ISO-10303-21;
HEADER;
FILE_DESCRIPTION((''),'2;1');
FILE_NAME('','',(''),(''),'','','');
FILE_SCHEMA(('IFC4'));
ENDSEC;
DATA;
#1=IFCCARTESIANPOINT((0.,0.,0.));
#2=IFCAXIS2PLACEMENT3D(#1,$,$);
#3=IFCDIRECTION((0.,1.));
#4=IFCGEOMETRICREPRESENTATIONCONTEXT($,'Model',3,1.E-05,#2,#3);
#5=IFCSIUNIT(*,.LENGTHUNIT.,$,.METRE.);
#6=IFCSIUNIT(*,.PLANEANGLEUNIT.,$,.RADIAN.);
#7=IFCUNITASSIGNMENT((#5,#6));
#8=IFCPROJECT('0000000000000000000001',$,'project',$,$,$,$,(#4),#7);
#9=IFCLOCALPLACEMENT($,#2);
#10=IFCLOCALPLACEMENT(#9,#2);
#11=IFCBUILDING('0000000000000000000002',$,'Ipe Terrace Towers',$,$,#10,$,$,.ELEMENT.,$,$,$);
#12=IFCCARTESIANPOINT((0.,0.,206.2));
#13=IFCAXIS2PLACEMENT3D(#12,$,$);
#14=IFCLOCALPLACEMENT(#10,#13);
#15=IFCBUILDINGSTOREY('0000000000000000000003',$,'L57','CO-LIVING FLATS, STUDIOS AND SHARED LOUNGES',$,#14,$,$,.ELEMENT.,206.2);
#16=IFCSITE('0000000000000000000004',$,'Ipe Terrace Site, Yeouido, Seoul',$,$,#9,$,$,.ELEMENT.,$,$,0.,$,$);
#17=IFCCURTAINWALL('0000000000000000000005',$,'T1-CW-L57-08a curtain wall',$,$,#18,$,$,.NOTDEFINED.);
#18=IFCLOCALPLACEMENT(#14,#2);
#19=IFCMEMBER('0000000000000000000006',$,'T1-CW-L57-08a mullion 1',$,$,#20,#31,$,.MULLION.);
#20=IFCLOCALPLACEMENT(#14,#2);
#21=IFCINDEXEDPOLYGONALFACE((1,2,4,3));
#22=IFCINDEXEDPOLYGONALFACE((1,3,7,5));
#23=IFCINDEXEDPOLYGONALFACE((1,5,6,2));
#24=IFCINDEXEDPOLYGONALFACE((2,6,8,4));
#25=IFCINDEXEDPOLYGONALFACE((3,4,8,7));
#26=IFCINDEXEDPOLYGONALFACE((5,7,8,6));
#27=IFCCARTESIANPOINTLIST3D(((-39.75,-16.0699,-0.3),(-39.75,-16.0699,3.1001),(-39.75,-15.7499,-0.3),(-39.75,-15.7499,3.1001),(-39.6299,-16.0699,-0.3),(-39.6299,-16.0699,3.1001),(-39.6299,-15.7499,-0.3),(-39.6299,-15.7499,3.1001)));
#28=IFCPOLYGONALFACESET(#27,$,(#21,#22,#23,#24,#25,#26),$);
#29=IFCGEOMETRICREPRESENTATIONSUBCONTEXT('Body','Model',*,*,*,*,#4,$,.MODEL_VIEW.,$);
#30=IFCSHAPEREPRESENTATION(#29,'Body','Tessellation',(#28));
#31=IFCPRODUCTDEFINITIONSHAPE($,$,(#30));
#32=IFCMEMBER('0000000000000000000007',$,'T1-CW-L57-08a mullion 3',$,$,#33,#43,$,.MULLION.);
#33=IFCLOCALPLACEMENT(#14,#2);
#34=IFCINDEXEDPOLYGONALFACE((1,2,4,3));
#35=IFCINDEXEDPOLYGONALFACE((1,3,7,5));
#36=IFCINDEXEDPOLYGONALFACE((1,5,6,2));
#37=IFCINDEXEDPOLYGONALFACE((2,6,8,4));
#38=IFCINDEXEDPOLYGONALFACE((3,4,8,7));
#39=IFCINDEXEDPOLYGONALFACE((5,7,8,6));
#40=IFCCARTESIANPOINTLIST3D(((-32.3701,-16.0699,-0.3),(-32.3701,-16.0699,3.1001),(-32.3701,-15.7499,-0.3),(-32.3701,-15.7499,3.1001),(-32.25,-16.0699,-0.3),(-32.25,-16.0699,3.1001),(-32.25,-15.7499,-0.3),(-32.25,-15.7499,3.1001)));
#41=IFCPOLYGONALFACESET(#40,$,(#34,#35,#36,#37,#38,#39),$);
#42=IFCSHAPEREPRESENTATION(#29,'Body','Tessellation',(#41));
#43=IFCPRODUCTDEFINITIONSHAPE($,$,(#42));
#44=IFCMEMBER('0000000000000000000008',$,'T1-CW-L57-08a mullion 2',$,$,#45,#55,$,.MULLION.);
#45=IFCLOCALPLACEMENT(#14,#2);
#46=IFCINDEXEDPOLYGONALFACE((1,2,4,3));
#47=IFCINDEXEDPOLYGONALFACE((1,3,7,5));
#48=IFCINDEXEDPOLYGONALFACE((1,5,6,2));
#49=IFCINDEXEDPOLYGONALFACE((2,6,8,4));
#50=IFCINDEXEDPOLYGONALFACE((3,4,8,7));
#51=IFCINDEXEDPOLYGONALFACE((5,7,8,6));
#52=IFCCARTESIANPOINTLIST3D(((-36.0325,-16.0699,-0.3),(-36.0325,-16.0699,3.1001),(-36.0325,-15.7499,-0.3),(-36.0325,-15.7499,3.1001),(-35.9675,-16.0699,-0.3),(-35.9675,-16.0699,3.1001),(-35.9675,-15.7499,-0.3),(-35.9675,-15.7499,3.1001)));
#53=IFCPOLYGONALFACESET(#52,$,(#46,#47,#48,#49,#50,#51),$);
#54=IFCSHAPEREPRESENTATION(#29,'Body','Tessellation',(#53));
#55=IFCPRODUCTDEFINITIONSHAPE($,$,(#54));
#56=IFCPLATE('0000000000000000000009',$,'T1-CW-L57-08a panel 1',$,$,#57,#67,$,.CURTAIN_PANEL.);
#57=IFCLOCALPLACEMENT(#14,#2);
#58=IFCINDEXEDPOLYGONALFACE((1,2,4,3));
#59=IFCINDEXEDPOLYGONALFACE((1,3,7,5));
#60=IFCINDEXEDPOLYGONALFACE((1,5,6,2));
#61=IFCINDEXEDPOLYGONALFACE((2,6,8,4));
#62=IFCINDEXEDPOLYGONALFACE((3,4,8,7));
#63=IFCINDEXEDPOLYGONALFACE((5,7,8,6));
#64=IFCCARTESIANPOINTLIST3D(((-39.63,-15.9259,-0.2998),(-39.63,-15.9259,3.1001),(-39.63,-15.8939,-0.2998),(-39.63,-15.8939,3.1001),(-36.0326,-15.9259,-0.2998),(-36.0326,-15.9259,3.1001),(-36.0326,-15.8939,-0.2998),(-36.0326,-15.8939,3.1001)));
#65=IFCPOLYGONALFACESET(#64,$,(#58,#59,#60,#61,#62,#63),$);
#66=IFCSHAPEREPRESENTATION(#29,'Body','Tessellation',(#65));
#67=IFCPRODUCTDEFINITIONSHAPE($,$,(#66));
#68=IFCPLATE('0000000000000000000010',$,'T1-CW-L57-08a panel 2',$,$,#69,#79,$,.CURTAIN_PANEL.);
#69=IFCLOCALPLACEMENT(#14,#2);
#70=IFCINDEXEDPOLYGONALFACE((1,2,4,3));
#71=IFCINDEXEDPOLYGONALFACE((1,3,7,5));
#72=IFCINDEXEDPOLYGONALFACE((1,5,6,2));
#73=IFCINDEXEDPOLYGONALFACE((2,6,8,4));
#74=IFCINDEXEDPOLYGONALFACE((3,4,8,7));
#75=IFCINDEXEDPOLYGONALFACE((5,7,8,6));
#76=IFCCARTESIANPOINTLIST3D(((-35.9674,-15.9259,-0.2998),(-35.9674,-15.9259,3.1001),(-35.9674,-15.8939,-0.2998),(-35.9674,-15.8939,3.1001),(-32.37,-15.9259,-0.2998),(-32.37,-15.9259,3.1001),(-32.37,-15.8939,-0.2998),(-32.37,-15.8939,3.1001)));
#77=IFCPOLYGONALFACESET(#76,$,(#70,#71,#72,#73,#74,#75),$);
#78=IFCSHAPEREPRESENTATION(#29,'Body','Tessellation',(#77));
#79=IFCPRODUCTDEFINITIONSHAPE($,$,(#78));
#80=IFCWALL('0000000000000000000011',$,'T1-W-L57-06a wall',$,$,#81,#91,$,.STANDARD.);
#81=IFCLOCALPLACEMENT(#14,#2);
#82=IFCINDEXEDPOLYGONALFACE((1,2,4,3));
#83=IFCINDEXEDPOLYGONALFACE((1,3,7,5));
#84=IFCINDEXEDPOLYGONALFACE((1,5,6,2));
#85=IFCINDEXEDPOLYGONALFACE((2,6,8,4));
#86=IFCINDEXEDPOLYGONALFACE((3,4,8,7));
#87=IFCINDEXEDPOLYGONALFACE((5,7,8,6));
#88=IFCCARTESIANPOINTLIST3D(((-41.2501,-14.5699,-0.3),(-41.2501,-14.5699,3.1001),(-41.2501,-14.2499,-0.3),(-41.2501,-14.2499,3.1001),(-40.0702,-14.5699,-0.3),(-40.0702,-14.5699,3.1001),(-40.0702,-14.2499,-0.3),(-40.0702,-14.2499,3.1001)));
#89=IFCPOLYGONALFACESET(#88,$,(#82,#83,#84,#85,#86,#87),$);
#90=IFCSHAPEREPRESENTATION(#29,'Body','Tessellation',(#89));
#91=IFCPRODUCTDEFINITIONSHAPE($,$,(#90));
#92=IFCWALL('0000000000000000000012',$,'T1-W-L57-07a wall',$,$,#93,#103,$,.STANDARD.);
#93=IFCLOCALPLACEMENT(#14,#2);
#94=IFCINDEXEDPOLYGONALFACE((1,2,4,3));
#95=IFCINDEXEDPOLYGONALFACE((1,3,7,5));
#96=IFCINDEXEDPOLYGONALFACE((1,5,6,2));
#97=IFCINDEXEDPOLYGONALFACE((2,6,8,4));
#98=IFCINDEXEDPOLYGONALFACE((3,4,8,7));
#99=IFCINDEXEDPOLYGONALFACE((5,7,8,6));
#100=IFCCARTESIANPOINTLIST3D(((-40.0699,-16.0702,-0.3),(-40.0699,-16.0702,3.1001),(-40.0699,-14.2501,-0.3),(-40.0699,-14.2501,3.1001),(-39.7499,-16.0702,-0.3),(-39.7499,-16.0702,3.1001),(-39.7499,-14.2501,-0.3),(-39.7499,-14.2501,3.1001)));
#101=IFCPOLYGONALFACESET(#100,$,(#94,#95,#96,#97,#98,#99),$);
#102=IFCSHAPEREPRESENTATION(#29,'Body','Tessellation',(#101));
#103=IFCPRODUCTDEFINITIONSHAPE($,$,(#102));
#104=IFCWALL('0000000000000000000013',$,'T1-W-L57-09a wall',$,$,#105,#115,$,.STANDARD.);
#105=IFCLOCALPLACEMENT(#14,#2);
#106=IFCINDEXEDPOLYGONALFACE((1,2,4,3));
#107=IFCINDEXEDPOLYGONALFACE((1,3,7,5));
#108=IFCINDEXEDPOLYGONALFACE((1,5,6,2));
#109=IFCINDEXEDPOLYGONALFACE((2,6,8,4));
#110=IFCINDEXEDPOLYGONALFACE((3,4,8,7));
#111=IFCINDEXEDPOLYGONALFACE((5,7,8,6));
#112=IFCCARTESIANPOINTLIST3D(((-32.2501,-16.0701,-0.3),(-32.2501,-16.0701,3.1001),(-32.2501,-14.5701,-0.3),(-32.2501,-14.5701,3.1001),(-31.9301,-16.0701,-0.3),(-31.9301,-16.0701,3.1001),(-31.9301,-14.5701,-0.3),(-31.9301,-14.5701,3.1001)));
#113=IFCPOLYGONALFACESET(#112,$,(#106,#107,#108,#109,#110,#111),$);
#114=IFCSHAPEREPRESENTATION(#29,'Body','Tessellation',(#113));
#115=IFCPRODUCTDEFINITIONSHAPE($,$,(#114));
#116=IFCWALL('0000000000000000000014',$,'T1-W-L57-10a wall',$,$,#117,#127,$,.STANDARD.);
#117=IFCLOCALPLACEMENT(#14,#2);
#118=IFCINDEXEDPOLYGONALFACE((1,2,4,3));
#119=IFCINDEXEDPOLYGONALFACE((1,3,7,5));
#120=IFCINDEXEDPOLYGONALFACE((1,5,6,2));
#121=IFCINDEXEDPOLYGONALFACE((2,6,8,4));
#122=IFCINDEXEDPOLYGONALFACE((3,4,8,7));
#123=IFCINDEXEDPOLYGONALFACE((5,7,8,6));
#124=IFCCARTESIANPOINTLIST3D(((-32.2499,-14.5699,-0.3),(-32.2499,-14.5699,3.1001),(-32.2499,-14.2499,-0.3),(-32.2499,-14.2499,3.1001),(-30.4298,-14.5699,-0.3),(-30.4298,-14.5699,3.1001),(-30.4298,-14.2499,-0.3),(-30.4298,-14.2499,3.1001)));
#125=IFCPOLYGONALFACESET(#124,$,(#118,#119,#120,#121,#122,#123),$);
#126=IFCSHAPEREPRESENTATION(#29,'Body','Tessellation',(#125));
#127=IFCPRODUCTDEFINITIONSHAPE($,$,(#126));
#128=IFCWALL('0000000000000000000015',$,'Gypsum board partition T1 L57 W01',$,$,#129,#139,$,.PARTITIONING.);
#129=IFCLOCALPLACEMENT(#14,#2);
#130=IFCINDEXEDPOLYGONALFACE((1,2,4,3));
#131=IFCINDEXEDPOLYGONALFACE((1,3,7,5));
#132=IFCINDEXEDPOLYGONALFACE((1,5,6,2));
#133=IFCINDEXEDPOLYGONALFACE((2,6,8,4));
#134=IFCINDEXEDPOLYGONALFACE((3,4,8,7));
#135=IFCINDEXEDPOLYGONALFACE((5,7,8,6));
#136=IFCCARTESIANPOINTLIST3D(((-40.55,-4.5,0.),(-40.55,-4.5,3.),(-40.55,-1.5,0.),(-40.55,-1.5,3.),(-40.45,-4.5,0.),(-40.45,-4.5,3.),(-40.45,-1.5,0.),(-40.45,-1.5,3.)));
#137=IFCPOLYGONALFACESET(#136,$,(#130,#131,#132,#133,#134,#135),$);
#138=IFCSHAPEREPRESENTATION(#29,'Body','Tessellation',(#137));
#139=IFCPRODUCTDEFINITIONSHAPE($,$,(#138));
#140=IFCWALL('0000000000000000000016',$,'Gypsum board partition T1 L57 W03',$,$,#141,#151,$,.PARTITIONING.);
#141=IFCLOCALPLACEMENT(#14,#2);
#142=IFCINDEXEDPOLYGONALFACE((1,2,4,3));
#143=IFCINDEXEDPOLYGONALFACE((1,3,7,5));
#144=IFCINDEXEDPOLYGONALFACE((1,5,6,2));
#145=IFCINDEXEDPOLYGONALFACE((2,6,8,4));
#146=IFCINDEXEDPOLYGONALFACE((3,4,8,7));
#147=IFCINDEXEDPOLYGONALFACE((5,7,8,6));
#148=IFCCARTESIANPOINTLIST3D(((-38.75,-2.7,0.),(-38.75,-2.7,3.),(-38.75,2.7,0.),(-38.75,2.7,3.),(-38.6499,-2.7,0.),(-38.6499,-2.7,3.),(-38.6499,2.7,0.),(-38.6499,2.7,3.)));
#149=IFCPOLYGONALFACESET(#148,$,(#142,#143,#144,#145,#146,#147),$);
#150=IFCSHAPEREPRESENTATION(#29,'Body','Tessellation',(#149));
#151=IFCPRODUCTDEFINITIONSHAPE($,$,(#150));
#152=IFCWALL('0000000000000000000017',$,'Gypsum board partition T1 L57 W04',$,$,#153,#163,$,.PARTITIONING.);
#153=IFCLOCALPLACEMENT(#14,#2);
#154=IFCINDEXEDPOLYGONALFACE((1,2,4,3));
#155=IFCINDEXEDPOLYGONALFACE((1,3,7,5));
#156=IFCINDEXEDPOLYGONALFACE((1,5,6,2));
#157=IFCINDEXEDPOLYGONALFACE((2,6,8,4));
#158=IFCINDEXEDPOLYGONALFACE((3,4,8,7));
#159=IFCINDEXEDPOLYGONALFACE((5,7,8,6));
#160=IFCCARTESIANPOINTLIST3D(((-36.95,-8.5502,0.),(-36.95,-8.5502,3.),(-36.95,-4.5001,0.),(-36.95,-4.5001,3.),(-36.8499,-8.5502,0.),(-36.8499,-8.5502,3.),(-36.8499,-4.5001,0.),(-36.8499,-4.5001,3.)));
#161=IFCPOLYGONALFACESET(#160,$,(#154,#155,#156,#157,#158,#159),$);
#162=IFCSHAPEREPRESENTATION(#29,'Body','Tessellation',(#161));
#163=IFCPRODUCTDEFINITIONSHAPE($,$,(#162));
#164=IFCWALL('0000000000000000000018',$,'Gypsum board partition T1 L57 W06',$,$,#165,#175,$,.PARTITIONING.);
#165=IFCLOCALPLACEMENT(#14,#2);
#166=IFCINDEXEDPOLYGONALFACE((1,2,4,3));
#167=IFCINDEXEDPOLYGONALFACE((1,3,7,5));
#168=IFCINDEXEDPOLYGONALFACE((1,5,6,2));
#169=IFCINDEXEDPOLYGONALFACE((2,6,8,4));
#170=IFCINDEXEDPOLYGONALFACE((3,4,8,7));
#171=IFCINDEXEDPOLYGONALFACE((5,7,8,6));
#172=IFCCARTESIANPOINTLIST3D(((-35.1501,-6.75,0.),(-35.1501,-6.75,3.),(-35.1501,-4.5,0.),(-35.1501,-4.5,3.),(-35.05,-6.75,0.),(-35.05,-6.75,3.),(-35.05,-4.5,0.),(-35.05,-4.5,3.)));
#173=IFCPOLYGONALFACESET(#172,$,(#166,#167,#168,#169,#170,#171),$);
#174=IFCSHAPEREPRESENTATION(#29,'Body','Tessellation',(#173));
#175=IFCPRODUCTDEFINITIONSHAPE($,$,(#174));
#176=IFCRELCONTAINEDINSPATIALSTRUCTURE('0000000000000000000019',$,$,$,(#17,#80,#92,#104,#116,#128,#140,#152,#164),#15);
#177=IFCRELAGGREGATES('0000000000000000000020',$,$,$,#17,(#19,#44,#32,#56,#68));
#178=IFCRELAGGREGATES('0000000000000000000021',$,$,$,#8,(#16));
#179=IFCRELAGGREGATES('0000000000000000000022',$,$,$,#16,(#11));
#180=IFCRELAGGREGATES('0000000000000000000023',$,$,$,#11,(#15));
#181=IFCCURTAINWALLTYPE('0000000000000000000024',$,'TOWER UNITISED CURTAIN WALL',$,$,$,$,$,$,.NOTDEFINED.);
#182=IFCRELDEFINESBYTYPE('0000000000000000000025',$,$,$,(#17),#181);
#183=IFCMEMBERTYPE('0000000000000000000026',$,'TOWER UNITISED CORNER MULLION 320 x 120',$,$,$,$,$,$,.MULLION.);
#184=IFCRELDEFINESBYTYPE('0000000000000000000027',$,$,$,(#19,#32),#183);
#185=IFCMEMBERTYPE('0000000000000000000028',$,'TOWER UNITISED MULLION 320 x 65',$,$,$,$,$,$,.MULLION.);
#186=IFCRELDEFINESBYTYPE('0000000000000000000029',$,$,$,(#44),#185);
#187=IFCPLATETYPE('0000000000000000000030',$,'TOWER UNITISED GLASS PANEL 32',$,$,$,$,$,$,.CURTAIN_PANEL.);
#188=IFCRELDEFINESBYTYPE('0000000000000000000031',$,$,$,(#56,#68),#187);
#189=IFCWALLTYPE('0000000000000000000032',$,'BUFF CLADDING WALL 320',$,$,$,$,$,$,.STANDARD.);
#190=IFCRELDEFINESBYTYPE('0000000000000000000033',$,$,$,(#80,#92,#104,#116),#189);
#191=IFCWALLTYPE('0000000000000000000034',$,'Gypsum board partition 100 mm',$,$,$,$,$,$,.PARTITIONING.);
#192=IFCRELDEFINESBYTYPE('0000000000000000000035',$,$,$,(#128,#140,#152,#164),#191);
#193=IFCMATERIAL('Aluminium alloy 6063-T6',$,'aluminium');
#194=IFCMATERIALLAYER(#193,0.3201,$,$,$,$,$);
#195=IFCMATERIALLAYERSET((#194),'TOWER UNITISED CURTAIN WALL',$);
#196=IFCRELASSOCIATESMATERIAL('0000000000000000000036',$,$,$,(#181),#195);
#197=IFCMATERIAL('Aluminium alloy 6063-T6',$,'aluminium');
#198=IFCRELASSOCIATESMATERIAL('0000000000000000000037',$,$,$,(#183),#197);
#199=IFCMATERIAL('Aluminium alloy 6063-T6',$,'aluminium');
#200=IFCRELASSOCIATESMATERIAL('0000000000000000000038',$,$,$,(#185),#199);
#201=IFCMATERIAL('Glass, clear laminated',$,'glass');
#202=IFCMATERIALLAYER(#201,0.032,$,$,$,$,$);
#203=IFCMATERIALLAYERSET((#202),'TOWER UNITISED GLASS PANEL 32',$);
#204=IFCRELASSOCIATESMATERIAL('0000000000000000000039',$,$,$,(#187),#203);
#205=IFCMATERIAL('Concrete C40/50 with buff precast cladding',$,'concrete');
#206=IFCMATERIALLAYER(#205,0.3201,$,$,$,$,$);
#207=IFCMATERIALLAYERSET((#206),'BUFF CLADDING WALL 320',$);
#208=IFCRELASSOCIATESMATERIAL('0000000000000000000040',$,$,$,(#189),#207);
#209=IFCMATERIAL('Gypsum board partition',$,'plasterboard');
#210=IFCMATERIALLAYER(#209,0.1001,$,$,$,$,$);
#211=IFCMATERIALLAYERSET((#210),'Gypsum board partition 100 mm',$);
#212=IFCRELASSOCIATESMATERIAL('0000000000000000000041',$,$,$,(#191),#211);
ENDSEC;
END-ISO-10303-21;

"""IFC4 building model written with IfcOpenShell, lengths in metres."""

from ifc_helpers import new_model, si_unit, direction, frame, frame_2d, origin, origin_2d, place, context, subcontext, project, spatial, rectangle, extrude, material, layer, layer_set, material_profile, profile_set, type_object, element, aggregate, save


model = new_model("IFC4")

# Units and contexts
model_context = context("Model", 3, precision=1e-05, world=origin(), true_north=direction((0.0, 1.0)))
body_context = subcontext(model_context, "Body", "Model", "MODEL_VIEW")
ifc_project = project(units=[si_unit("LENGTHUNIT", "METRE"), si_unit("PLANEANGLEUNIT", "RADIAN")], contexts=[model_context])

# Site, building, storey
site_placement = place(None, origin())
site = spatial("IfcSite", under=ifc_project, at=site_placement, Name="Ipe Terrace Site, Yeouido, Seoul", CompositionType="ELEMENT", RefElevation=0.0)
building_placement = place(site_placement, origin())
building = spatial("IfcBuilding", under=site, at=building_placement, Name="Ipe Terrace Towers", CompositionType="ELEMENT")
storey_placement = place(building_placement, frame((0.0, 0.0, 206.2)))
storey = spatial("IfcBuildingStorey", under=building, at=storey_placement, Name="L57", Description="CO-LIVING FLATS, STUDIOS AND SHARED LOUNGES", CompositionType="ELEMENT", Elevation=206.2)

# Curtain wall, members, plates
ifc_material_1 = material(Name="Aluminium alloy 6063-T6", Category="aluminium")
ifc_layer_1 = layer(ifc_material_1, 0.3201)
ifc_layer_set_1 = layer_set([ifc_layer_1], Name="TOWER UNITISED CURTAIN WALL")
curtain_wall_type = type_object("IfcCurtainWallType", Name="TOWER UNITISED CURTAIN WALL", PredefinedType="NOTDEFINED", material=ifc_layer_set_1)
curtain_wall_placement = place(storey_placement, origin())
curtain_wall = element("IfcCurtainWall", 1, at=curtain_wall_placement, inside=storey, type_object=curtain_wall_type, Name="T1-CW-L57-08a curtain wall", PredefinedType="NOTDEFINED")
ifc_material_2 = material(Name="Aluminium alloy 6063-T6", Category="aluminium")
ifc_material_profile_1 = material_profile(ifc_material_2, rectangle(XDim=0.3201, YDim=0.1201, at=origin_2d()), Name="TOWER UNITISED CORNER MULLION 320 x 120")
ifc_profile_set_1 = profile_set([ifc_material_profile_1], Name="Aluminium alloy 6063-T6")
member_type_1 = type_object("IfcMemberType", Name="TOWER UNITISED CORNER MULLION 320 x 120", PredefinedType="MULLION", material=ifc_profile_set_1)
member_1_placement = place(storey_placement, frame((-39.6899, -15.9099, -0.3), z_axis=(0.0, 0.0, 1.0), x_axis=(0.0, -1.0, 0.0)))
member_1 = element("IfcMember", 2, at=member_1_placement, type_object=member_type_1, Name="T1-CW-L57-08a mullion 1", PredefinedType="MULLION", context=body_context, shape_type="SweptSolid", body=[
    extrude(rectangle(XDim=0.3201, YDim=0.1201, at=origin_2d()), origin(), (0.0, 0.0, 1.0), 3.4001),
])
member_2_placement = place(storey_placement, frame((-32.3101, -15.9099, -0.3), z_axis=(0.0, 0.0, 1.0), x_axis=(0.0, -1.0, 0.0)))
member_2 = element("IfcMember", 3, at=member_2_placement, type_object=member_type_1, Name="T1-CW-L57-08a mullion 3", PredefinedType="MULLION", context=body_context, shape_type="SweptSolid", body=[
    extrude(rectangle(XDim=0.3201, YDim=0.1201, at=origin_2d()), origin(), (0.0, 0.0, 1.0), 3.4001),
])
ifc_material_3 = material(Name="Aluminium alloy 6063-T6", Category="aluminium")
ifc_material_profile_2 = material_profile(ifc_material_3, rectangle(XDim=0.3201, YDim=0.0649, at=origin_2d()), Name="TOWER UNITISED MULLION 320 x 65")
ifc_profile_set_2 = profile_set([ifc_material_profile_2], Name="Aluminium alloy 6063-T6")
member_type_2 = type_object("IfcMemberType", Name="TOWER UNITISED MULLION 320 x 65", PredefinedType="MULLION", material=ifc_profile_set_2)
member_3_placement = place(storey_placement, frame((-36.0, -15.9099, -0.3), z_axis=(0.0, 0.0, 1.0), x_axis=(0.0, -1.0, 0.0)))
member_3 = element("IfcMember", 4, at=member_3_placement, type_object=member_type_2, Name="T1-CW-L57-08a mullion 2", PredefinedType="MULLION", context=body_context, shape_type="SweptSolid", body=[
    extrude(rectangle(XDim=0.3201, YDim=0.0649, at=origin_2d()), origin(), (0.0, 0.0, 1.0), 3.4001),
])
ifc_material_4 = material(Name="Glass, clear laminated", Category="glass")
ifc_layer_2 = layer(ifc_material_4, 0.032)
ifc_layer_set_2 = layer_set([ifc_layer_2], Name="TOWER UNITISED GLASS PANEL 32")
plate_type = type_object("IfcPlateType", Name="TOWER UNITISED GLASS PANEL 32", PredefinedType="CURTAIN_PANEL", material=ifc_layer_set_2)
plate_1_placement = place(storey_placement, frame((-37.8313, -15.9099, -0.2998), z_axis=(0.0, 0.0, 1.0), x_axis=(1.0, 0.0, 0.0)))
plate_1 = element("IfcPlate", 5, at=plate_1_placement, type_object=plate_type, Name="T1-CW-L57-08a panel 1", PredefinedType="CURTAIN_PANEL", context=body_context, shape_type="SweptSolid", body=[
    extrude(rectangle(XDim=3.5974, YDim=0.032, at=origin_2d()), origin(), (0.0, 0.0, 1.0), 3.3999),
])
plate_2_placement = place(storey_placement, frame((-34.1687, -15.9099, -0.2998), z_axis=(0.0, 0.0, 1.0), x_axis=(1.0, 0.0, 0.0)))
plate_2 = element("IfcPlate", 6, at=plate_2_placement, type_object=plate_type, Name="T1-CW-L57-08a panel 2", PredefinedType="CURTAIN_PANEL", context=body_context, shape_type="SweptSolid", body=[
    extrude(rectangle(XDim=3.5974, YDim=0.032, at=origin_2d()), origin(), (0.0, 0.0, 1.0), 3.3999),
])
aggregate(curtain_wall, [member_1, member_3, member_2, plate_1, plate_2])

# Walls
ifc_material_5 = material(Name="Concrete C40/50 with buff precast cladding", Category="concrete")
ifc_layer_3 = layer(ifc_material_5, 0.3201)
ifc_layer_set_3 = layer_set([ifc_layer_3], Name="BUFF CLADDING WALL 320")
wall_type_1 = type_object("IfcWallType", Name="BUFF CLADDING WALL 320", PredefinedType="STANDARD", material=ifc_layer_set_3)
wall_1_placement = place(storey_placement, frame((-41.25, -14.4099, -0.3), z_axis=(0.0, 0.0, 1.0), x_axis=(1.0, 0.0, 0.0)))
element("IfcWall", 7, at=wall_1_placement, inside=storey, type_object=wall_type_1, Name="T1-W-L57-06a wall", PredefinedType="STANDARD", context=body_context, shape_type="SweptSolid", body=[
    extrude(rectangle(XDim=1.1799, YDim=0.3201, at=frame_2d((0.5898, 0.0))), origin(), (0.0, 0.0, 1.0), 3.4001),
])
wall_2_placement = place(storey_placement, frame((-39.9099, -14.25, -0.3), z_axis=(0.0, 0.0, 1.0), x_axis=(0.0, -1.0, 0.0)))
element("IfcWall", 8, at=wall_2_placement, inside=storey, type_object=wall_type_1, Name="T1-W-L57-07a wall", PredefinedType="STANDARD", context=body_context, shape_type="SweptSolid", body=[
    extrude(rectangle(XDim=1.8201, YDim=0.3201, at=frame_2d((0.9102, 0.0))), origin(), (0.0, 0.0, 1.0), 3.4001),
])
wall_3_placement = place(storey_placement, frame((-32.0901, -16.0701, -0.3), z_axis=(0.0, 0.0, 1.0), x_axis=(0.0, 1.0, 0.0)))
element("IfcWall", 9, at=wall_3_placement, inside=storey, type_object=wall_type_1, Name="T1-W-L57-09a wall", PredefinedType="STANDARD", context=body_context, shape_type="SweptSolid", body=[
    extrude(rectangle(XDim=1.5, YDim=0.3201, at=frame_2d((0.75, 0.0))), origin(), (0.0, 0.0, 1.0), 3.4001),
])
wall_4_placement = place(storey_placement, frame((-32.25, -14.4099, -0.3), z_axis=(0.0, 0.0, 1.0), x_axis=(1.0, 0.0, 0.0)))
element("IfcWall", 10, at=wall_4_placement, inside=storey, type_object=wall_type_1, Name="T1-W-L57-10a wall", PredefinedType="STANDARD", context=body_context, shape_type="SweptSolid", body=[
    extrude(rectangle(XDim=1.8201, YDim=0.3201, at=frame_2d((0.9102, 0.0))), origin(), (0.0, 0.0, 1.0), 3.4001),
])
ifc_material_6 = material(Name="Gypsum board partition", Category="plasterboard")
ifc_layer_4 = layer(ifc_material_6, 0.1001)
ifc_layer_set_4 = layer_set([ifc_layer_4], Name="Gypsum board partition 100 mm")
wall_type_2 = type_object("IfcWallType", Name="Gypsum board partition 100 mm", PredefinedType="PARTITIONING", material=ifc_layer_set_4)
wall_5_placement = place(storey_placement, frame((-40.5, -4.5, 0.0), z_axis=(0.0, 0.0, 1.0), x_axis=(0.0, 1.0, 0.0)))
element("IfcWall", 11, at=wall_5_placement, inside=storey, type_object=wall_type_2, Name="Gypsum board partition T1 L57 W01", PredefinedType="PARTITIONING", context=body_context, shape_type="SweptSolid", body=[
    extrude(rectangle(XDim=3.0, YDim=0.1001, at=frame_2d((1.5, 0.0))), origin(), (0.0, 0.0, 1.0), 3.0),
])
wall_6_placement = place(storey_placement, frame((-38.7, -2.7, 0.0), z_axis=(0.0, 0.0, 1.0), x_axis=(0.0, 1.0, 0.0)))
element("IfcWall", 12, at=wall_6_placement, inside=storey, type_object=wall_type_2, Name="Gypsum board partition T1 L57 W03", PredefinedType="PARTITIONING", context=body_context, shape_type="SweptSolid", body=[
    extrude(rectangle(XDim=5.3999, YDim=0.1001, at=frame_2d((2.7, 0.0))), origin(), (0.0, 0.0, 1.0), 3.0),
])
wall_7_placement = place(storey_placement, frame((-36.8999, -8.55, 0.0), z_axis=(0.0, 0.0, 1.0), x_axis=(0.0, 1.0, 0.0)))
element("IfcWall", 13, at=wall_7_placement, inside=storey, type_object=wall_type_2, Name="Gypsum board partition T1 L57 W04", PredefinedType="PARTITIONING", context=body_context, shape_type="SweptSolid", body=[
    extrude(rectangle(XDim=4.05, YDim=0.1001, at=frame_2d((2.0249, 0.0))), origin(), (0.0, 0.0, 1.0), 3.0),
])
wall_8_placement = place(storey_placement, frame((-35.1001, -6.75, 0.0), z_axis=(0.0, 0.0, 1.0), x_axis=(0.0, 1.0, 0.0)))
element("IfcWall", 14, at=wall_8_placement, inside=storey, type_object=wall_type_2, Name="Gypsum board partition T1 L57 W06", PredefinedType="PARTITIONING", context=body_context, shape_type="SweptSolid", body=[
    extrude(rectangle(XDim=2.25, YDim=0.1001, at=frame_2d((1.125, 0.0))), origin(), (0.0, 0.0, 1.0), 3.0),
])

save(model, "model.ifc")
